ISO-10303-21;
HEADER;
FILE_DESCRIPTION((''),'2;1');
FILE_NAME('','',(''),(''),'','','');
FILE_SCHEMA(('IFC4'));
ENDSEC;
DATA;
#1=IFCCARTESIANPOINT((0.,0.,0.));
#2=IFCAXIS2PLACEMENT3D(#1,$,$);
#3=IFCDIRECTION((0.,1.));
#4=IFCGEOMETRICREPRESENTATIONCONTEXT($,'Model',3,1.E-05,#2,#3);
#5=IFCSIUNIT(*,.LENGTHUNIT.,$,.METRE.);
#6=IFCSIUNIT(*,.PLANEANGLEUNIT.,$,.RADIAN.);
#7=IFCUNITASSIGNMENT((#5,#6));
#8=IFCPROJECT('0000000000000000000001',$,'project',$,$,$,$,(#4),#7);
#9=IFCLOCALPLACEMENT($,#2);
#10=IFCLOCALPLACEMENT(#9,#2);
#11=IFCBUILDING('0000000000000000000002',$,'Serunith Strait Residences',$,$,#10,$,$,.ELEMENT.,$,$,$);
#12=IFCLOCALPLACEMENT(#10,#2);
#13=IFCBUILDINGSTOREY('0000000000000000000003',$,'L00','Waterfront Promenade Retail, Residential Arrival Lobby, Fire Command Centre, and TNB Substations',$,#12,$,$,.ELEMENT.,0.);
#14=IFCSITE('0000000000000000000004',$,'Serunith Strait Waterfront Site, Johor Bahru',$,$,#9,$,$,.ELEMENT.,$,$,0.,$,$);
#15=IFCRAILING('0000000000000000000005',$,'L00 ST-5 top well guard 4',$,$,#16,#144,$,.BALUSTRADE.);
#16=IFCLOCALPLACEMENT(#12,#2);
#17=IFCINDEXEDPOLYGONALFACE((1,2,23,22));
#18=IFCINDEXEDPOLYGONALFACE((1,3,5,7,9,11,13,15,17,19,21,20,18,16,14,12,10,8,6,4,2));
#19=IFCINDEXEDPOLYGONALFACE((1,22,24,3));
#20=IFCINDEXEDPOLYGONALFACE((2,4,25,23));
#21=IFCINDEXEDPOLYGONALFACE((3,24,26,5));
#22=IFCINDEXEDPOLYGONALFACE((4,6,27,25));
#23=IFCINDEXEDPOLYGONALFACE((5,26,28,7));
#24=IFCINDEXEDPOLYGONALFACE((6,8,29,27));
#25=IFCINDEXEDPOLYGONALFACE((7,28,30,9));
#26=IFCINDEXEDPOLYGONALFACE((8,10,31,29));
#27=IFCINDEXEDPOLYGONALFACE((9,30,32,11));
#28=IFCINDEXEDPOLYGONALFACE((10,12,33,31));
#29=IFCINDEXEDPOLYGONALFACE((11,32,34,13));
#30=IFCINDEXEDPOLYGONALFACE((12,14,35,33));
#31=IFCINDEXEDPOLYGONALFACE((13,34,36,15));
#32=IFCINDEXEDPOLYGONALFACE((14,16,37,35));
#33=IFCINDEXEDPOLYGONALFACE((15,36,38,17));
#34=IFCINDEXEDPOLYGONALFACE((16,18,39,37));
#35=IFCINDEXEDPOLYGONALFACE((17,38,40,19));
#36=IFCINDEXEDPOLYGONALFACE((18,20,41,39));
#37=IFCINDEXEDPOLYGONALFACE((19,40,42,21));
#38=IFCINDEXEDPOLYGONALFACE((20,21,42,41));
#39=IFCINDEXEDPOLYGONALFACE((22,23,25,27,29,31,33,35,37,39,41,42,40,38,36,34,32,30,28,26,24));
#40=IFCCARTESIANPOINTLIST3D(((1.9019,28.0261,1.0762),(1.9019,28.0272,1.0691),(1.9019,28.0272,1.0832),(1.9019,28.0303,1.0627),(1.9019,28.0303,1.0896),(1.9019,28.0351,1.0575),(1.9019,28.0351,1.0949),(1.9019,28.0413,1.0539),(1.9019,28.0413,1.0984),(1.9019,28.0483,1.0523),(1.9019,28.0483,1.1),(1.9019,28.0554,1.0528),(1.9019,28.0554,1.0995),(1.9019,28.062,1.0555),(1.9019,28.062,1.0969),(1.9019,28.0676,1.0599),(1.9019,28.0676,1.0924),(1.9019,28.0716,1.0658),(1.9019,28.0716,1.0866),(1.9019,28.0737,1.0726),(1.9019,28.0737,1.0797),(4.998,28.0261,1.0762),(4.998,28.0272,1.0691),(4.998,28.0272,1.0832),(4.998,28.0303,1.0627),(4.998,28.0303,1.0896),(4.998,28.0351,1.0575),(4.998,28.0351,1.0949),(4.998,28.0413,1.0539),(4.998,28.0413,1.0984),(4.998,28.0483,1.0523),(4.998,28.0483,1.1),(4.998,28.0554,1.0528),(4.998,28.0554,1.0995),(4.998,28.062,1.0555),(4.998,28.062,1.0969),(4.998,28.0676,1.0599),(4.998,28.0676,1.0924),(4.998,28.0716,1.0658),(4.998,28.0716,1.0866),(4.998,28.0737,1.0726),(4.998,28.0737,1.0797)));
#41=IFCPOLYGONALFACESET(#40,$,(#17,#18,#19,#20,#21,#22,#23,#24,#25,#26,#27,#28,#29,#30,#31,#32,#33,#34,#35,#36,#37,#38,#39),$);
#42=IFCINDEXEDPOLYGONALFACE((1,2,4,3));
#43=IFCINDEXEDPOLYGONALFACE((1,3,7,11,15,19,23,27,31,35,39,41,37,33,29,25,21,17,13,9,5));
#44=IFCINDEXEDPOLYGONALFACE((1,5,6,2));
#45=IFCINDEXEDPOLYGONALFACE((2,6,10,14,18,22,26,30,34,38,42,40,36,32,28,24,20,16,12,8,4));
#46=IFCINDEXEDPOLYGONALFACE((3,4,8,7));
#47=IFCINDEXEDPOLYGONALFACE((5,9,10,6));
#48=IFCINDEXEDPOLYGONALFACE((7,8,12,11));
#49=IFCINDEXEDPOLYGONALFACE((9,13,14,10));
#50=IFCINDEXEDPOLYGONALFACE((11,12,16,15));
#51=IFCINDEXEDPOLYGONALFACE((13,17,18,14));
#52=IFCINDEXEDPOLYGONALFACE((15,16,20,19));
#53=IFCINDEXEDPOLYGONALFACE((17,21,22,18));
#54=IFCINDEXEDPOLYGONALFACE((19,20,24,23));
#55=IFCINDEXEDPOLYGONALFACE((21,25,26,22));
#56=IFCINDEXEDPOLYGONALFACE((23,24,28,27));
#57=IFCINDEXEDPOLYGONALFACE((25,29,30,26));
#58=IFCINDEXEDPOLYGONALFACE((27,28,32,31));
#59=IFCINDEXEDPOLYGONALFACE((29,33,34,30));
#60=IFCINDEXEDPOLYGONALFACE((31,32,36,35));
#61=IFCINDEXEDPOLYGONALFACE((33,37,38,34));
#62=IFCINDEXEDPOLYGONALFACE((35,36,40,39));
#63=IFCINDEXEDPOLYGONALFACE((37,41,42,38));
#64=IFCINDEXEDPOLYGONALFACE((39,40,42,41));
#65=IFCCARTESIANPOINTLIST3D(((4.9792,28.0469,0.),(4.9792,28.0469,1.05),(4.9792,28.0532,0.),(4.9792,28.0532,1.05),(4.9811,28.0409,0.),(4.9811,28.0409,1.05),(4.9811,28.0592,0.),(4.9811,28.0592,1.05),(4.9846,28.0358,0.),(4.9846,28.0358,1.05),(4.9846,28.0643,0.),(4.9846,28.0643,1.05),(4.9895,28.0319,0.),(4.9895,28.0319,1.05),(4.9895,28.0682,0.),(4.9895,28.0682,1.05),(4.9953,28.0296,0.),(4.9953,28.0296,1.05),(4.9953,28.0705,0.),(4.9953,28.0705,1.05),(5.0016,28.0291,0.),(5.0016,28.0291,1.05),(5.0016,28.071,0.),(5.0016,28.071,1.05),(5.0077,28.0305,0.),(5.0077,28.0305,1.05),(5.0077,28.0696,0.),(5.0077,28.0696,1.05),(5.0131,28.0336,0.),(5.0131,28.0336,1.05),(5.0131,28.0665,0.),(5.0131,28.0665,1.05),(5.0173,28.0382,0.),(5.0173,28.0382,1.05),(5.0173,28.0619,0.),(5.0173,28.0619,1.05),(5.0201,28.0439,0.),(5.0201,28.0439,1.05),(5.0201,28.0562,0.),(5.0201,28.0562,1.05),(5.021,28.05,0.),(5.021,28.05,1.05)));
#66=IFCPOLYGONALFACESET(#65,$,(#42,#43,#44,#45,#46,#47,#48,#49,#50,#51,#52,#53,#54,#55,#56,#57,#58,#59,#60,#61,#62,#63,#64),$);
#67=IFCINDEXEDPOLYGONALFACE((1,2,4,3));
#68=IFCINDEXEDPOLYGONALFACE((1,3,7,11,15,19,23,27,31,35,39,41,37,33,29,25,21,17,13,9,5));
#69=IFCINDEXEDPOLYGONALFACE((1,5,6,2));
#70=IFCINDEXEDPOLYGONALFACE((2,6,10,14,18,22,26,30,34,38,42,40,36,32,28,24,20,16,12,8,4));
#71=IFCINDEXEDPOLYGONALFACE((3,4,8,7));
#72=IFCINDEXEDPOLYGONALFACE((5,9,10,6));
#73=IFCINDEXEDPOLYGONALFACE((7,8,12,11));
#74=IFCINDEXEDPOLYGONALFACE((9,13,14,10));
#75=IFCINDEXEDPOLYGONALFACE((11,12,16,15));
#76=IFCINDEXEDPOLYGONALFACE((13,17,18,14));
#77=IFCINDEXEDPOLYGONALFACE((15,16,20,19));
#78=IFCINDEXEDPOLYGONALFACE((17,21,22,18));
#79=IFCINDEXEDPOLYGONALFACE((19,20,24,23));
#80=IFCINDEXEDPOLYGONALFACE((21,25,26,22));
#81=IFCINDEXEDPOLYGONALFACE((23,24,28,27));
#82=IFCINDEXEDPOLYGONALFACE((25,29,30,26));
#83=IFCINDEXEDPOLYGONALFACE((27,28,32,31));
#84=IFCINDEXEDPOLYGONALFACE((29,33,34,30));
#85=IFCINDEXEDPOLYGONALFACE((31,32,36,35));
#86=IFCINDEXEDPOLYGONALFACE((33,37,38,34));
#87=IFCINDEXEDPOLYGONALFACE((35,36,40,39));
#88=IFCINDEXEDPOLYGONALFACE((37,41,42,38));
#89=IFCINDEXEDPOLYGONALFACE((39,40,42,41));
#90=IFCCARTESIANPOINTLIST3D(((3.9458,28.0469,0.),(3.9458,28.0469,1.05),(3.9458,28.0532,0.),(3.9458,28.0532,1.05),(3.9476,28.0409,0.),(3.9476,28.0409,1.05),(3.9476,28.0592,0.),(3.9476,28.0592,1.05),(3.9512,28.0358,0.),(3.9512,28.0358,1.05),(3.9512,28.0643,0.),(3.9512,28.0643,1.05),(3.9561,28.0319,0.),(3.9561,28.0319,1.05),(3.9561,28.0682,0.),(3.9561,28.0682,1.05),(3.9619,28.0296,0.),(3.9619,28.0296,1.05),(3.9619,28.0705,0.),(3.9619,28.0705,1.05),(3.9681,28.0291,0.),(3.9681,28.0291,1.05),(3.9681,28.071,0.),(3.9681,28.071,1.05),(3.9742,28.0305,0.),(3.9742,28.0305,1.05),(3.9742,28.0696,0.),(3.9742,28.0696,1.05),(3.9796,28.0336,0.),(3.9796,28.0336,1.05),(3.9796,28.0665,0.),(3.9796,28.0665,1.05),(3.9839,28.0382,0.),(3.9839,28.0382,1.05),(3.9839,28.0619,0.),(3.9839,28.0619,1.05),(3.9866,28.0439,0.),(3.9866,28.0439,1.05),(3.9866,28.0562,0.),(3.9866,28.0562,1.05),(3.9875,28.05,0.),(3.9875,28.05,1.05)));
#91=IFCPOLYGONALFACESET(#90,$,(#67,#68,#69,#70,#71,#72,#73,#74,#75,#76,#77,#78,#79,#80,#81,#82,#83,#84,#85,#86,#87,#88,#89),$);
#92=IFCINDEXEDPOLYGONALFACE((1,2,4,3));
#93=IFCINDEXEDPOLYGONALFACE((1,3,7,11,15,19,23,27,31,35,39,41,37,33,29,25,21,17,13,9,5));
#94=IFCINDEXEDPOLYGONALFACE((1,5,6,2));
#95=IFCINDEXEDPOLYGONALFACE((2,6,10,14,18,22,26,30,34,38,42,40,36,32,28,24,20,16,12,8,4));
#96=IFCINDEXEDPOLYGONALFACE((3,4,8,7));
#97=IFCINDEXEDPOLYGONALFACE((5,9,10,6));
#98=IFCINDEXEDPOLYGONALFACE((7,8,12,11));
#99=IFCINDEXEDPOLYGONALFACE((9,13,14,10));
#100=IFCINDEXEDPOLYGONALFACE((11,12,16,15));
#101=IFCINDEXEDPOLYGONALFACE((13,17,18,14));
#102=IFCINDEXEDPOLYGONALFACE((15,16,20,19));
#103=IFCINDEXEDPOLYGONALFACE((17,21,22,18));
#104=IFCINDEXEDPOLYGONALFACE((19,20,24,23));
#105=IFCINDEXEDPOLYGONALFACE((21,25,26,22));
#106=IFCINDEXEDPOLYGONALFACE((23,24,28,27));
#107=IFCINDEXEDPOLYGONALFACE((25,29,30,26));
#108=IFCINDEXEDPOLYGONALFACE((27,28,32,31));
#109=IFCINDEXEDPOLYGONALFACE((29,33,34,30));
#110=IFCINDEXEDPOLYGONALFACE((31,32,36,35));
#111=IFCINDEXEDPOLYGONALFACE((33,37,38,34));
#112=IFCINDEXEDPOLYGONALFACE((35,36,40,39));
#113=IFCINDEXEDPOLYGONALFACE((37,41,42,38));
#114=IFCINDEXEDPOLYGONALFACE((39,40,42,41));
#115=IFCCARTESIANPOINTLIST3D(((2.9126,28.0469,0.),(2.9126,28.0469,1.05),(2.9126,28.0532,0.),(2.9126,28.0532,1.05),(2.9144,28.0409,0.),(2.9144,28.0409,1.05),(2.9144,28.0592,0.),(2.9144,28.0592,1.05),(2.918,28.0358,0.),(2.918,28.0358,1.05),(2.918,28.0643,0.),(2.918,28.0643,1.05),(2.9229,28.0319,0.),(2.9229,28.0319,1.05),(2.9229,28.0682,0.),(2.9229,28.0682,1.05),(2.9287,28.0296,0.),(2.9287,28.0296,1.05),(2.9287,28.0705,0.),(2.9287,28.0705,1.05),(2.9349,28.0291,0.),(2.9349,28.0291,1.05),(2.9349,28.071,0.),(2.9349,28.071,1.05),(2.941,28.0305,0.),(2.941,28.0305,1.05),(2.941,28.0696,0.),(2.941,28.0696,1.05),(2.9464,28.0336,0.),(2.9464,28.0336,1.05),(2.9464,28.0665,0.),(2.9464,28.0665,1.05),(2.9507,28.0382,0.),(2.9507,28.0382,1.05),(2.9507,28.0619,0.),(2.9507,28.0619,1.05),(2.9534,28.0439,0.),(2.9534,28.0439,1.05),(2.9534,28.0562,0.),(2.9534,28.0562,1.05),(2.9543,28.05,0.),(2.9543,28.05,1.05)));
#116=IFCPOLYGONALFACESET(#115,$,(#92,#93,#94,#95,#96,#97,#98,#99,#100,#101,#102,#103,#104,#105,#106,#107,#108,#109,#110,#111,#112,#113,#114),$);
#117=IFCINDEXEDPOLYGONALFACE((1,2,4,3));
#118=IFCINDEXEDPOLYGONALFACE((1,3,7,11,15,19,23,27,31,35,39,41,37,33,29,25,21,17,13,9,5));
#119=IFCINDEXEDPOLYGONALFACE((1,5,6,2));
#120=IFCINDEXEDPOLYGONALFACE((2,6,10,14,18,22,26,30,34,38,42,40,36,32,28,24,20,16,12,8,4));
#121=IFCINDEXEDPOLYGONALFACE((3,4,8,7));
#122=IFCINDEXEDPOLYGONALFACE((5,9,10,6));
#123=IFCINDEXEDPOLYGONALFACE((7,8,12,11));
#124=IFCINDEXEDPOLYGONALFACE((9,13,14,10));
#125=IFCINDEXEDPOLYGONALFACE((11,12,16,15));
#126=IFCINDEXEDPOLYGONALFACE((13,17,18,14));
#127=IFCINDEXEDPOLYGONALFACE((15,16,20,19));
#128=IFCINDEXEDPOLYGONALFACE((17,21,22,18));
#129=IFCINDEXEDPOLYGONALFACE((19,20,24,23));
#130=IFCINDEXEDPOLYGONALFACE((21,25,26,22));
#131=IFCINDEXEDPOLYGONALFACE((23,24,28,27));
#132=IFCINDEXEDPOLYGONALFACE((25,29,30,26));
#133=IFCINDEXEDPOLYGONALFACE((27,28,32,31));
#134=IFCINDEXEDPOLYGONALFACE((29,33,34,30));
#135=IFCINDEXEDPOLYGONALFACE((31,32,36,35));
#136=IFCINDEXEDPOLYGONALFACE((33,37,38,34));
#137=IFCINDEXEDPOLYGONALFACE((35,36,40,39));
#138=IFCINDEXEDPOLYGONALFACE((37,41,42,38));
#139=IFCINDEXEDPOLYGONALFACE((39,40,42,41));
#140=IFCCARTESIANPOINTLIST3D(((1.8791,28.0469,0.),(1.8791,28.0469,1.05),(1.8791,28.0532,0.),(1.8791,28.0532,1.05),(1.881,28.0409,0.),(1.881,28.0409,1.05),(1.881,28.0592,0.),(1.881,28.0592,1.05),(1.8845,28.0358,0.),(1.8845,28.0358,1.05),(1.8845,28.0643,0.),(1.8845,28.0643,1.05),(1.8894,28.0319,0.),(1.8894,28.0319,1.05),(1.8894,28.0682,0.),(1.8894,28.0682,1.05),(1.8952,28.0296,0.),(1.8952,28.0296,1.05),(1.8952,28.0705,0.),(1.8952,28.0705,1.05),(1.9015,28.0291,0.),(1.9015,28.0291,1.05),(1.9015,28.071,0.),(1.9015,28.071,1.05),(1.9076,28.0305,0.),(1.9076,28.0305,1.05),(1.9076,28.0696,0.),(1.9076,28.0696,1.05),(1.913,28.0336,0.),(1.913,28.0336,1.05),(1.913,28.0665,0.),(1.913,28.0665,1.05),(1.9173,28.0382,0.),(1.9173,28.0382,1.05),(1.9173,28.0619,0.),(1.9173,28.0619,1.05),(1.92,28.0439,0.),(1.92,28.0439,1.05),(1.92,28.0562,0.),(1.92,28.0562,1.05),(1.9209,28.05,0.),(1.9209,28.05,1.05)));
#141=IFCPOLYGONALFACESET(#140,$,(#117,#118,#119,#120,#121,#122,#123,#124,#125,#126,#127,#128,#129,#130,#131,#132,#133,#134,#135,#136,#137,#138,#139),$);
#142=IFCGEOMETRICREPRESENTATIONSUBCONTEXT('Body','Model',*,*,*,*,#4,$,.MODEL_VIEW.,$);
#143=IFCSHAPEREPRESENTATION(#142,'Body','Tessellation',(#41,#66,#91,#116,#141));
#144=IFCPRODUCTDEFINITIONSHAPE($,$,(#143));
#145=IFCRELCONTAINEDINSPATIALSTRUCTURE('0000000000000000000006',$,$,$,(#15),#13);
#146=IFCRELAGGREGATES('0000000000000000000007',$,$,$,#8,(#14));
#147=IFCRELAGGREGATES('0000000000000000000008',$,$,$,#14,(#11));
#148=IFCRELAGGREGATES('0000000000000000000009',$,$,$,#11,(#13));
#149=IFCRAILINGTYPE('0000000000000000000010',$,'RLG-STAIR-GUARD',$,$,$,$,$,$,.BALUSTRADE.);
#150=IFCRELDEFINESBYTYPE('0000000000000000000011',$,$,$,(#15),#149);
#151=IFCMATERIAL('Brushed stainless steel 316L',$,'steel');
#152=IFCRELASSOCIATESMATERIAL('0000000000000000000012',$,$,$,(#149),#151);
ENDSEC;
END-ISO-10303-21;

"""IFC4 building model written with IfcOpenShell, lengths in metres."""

from ifc_helpers import new_model, si_unit, direction, frame, origin, origin_2d, place, context, subcontext, project, spatial, circle, extrude, material, type_object, element, save


model = new_model("IFC4")

# Units and contexts
model_context = context("Model", 3, precision=1e-05, world=origin(), true_north=direction((0.0, 1.0)))
body_context = subcontext(model_context, "Body", "Model", "MODEL_VIEW")
ifc_project = project(units=[si_unit("LENGTHUNIT", "METRE"), si_unit("PLANEANGLEUNIT", "RADIAN")], contexts=[model_context])

# Site, building, storey
site_placement = place(None, origin())
site = spatial("IfcSite", under=ifc_project, at=site_placement, Name="Serunith Strait Waterfront Site, Johor Bahru", CompositionType="ELEMENT", RefElevation=0.0)
building_placement = place(site_placement, origin())
building = spatial("IfcBuilding", under=site, at=building_placement, Name="Serunith Strait Residences", CompositionType="ELEMENT")
storey_placement = place(building_placement, origin())
storey = spatial("IfcBuildingStorey", under=building, at=storey_placement, Name="L00", Description="Waterfront Promenade Retail, Residential Arrival Lobby, Fire Command Centre, and TNB Substations", CompositionType="ELEMENT", Elevation=0.0)

# Railing
ifc_material_1 = material(Name="Brushed stainless steel 316L", Category="steel")
railing_type_1 = type_object("IfcRailingType", Name="RLG-STAIR-GUARD", PredefinedType="BALUSTRADE", material=ifc_material_1)
railing_1_placement = place(storey_placement, frame((5.0, 28.05, 0.0)))
element("IfcRailing", 1, at=railing_1_placement, inside=storey, type_object=railing_type_1, Name="L00 ST-5 top well guard 4", PredefinedType="BALUSTRADE", context=body_context, shape_type="SweptSolid", body=[
    extrude(circle(Radius=0.0239, at=origin_2d()), frame((-0.002, 0.0, 1.0762), z_axis=(-1.0, 0.0, 0.0), x_axis=(0.0, -1.0, 0.0)), (0.0, 0.0, 1.0), 3.0962),
    extrude(circle(Radius=0.021, at=origin_2d()), origin(), (0.0, 0.0, 1.0), 1.05),
    extrude(circle(Radius=0.021, at=origin_2d()), frame((-1.0334, 0.0, 0.0)), (0.0, 0.0, 1.0), 1.05),
    extrude(circle(Radius=0.021, at=origin_2d()), frame((-2.0667, 0.0, 0.0)), (0.0, 0.0, 1.0), 1.05),
    extrude(circle(Radius=0.021, at=origin_2d()), frame((-3.1001, 0.0, 0.0)), (0.0, 0.0, 1.0), 1.05),
])

save(model, "model.ifc")
